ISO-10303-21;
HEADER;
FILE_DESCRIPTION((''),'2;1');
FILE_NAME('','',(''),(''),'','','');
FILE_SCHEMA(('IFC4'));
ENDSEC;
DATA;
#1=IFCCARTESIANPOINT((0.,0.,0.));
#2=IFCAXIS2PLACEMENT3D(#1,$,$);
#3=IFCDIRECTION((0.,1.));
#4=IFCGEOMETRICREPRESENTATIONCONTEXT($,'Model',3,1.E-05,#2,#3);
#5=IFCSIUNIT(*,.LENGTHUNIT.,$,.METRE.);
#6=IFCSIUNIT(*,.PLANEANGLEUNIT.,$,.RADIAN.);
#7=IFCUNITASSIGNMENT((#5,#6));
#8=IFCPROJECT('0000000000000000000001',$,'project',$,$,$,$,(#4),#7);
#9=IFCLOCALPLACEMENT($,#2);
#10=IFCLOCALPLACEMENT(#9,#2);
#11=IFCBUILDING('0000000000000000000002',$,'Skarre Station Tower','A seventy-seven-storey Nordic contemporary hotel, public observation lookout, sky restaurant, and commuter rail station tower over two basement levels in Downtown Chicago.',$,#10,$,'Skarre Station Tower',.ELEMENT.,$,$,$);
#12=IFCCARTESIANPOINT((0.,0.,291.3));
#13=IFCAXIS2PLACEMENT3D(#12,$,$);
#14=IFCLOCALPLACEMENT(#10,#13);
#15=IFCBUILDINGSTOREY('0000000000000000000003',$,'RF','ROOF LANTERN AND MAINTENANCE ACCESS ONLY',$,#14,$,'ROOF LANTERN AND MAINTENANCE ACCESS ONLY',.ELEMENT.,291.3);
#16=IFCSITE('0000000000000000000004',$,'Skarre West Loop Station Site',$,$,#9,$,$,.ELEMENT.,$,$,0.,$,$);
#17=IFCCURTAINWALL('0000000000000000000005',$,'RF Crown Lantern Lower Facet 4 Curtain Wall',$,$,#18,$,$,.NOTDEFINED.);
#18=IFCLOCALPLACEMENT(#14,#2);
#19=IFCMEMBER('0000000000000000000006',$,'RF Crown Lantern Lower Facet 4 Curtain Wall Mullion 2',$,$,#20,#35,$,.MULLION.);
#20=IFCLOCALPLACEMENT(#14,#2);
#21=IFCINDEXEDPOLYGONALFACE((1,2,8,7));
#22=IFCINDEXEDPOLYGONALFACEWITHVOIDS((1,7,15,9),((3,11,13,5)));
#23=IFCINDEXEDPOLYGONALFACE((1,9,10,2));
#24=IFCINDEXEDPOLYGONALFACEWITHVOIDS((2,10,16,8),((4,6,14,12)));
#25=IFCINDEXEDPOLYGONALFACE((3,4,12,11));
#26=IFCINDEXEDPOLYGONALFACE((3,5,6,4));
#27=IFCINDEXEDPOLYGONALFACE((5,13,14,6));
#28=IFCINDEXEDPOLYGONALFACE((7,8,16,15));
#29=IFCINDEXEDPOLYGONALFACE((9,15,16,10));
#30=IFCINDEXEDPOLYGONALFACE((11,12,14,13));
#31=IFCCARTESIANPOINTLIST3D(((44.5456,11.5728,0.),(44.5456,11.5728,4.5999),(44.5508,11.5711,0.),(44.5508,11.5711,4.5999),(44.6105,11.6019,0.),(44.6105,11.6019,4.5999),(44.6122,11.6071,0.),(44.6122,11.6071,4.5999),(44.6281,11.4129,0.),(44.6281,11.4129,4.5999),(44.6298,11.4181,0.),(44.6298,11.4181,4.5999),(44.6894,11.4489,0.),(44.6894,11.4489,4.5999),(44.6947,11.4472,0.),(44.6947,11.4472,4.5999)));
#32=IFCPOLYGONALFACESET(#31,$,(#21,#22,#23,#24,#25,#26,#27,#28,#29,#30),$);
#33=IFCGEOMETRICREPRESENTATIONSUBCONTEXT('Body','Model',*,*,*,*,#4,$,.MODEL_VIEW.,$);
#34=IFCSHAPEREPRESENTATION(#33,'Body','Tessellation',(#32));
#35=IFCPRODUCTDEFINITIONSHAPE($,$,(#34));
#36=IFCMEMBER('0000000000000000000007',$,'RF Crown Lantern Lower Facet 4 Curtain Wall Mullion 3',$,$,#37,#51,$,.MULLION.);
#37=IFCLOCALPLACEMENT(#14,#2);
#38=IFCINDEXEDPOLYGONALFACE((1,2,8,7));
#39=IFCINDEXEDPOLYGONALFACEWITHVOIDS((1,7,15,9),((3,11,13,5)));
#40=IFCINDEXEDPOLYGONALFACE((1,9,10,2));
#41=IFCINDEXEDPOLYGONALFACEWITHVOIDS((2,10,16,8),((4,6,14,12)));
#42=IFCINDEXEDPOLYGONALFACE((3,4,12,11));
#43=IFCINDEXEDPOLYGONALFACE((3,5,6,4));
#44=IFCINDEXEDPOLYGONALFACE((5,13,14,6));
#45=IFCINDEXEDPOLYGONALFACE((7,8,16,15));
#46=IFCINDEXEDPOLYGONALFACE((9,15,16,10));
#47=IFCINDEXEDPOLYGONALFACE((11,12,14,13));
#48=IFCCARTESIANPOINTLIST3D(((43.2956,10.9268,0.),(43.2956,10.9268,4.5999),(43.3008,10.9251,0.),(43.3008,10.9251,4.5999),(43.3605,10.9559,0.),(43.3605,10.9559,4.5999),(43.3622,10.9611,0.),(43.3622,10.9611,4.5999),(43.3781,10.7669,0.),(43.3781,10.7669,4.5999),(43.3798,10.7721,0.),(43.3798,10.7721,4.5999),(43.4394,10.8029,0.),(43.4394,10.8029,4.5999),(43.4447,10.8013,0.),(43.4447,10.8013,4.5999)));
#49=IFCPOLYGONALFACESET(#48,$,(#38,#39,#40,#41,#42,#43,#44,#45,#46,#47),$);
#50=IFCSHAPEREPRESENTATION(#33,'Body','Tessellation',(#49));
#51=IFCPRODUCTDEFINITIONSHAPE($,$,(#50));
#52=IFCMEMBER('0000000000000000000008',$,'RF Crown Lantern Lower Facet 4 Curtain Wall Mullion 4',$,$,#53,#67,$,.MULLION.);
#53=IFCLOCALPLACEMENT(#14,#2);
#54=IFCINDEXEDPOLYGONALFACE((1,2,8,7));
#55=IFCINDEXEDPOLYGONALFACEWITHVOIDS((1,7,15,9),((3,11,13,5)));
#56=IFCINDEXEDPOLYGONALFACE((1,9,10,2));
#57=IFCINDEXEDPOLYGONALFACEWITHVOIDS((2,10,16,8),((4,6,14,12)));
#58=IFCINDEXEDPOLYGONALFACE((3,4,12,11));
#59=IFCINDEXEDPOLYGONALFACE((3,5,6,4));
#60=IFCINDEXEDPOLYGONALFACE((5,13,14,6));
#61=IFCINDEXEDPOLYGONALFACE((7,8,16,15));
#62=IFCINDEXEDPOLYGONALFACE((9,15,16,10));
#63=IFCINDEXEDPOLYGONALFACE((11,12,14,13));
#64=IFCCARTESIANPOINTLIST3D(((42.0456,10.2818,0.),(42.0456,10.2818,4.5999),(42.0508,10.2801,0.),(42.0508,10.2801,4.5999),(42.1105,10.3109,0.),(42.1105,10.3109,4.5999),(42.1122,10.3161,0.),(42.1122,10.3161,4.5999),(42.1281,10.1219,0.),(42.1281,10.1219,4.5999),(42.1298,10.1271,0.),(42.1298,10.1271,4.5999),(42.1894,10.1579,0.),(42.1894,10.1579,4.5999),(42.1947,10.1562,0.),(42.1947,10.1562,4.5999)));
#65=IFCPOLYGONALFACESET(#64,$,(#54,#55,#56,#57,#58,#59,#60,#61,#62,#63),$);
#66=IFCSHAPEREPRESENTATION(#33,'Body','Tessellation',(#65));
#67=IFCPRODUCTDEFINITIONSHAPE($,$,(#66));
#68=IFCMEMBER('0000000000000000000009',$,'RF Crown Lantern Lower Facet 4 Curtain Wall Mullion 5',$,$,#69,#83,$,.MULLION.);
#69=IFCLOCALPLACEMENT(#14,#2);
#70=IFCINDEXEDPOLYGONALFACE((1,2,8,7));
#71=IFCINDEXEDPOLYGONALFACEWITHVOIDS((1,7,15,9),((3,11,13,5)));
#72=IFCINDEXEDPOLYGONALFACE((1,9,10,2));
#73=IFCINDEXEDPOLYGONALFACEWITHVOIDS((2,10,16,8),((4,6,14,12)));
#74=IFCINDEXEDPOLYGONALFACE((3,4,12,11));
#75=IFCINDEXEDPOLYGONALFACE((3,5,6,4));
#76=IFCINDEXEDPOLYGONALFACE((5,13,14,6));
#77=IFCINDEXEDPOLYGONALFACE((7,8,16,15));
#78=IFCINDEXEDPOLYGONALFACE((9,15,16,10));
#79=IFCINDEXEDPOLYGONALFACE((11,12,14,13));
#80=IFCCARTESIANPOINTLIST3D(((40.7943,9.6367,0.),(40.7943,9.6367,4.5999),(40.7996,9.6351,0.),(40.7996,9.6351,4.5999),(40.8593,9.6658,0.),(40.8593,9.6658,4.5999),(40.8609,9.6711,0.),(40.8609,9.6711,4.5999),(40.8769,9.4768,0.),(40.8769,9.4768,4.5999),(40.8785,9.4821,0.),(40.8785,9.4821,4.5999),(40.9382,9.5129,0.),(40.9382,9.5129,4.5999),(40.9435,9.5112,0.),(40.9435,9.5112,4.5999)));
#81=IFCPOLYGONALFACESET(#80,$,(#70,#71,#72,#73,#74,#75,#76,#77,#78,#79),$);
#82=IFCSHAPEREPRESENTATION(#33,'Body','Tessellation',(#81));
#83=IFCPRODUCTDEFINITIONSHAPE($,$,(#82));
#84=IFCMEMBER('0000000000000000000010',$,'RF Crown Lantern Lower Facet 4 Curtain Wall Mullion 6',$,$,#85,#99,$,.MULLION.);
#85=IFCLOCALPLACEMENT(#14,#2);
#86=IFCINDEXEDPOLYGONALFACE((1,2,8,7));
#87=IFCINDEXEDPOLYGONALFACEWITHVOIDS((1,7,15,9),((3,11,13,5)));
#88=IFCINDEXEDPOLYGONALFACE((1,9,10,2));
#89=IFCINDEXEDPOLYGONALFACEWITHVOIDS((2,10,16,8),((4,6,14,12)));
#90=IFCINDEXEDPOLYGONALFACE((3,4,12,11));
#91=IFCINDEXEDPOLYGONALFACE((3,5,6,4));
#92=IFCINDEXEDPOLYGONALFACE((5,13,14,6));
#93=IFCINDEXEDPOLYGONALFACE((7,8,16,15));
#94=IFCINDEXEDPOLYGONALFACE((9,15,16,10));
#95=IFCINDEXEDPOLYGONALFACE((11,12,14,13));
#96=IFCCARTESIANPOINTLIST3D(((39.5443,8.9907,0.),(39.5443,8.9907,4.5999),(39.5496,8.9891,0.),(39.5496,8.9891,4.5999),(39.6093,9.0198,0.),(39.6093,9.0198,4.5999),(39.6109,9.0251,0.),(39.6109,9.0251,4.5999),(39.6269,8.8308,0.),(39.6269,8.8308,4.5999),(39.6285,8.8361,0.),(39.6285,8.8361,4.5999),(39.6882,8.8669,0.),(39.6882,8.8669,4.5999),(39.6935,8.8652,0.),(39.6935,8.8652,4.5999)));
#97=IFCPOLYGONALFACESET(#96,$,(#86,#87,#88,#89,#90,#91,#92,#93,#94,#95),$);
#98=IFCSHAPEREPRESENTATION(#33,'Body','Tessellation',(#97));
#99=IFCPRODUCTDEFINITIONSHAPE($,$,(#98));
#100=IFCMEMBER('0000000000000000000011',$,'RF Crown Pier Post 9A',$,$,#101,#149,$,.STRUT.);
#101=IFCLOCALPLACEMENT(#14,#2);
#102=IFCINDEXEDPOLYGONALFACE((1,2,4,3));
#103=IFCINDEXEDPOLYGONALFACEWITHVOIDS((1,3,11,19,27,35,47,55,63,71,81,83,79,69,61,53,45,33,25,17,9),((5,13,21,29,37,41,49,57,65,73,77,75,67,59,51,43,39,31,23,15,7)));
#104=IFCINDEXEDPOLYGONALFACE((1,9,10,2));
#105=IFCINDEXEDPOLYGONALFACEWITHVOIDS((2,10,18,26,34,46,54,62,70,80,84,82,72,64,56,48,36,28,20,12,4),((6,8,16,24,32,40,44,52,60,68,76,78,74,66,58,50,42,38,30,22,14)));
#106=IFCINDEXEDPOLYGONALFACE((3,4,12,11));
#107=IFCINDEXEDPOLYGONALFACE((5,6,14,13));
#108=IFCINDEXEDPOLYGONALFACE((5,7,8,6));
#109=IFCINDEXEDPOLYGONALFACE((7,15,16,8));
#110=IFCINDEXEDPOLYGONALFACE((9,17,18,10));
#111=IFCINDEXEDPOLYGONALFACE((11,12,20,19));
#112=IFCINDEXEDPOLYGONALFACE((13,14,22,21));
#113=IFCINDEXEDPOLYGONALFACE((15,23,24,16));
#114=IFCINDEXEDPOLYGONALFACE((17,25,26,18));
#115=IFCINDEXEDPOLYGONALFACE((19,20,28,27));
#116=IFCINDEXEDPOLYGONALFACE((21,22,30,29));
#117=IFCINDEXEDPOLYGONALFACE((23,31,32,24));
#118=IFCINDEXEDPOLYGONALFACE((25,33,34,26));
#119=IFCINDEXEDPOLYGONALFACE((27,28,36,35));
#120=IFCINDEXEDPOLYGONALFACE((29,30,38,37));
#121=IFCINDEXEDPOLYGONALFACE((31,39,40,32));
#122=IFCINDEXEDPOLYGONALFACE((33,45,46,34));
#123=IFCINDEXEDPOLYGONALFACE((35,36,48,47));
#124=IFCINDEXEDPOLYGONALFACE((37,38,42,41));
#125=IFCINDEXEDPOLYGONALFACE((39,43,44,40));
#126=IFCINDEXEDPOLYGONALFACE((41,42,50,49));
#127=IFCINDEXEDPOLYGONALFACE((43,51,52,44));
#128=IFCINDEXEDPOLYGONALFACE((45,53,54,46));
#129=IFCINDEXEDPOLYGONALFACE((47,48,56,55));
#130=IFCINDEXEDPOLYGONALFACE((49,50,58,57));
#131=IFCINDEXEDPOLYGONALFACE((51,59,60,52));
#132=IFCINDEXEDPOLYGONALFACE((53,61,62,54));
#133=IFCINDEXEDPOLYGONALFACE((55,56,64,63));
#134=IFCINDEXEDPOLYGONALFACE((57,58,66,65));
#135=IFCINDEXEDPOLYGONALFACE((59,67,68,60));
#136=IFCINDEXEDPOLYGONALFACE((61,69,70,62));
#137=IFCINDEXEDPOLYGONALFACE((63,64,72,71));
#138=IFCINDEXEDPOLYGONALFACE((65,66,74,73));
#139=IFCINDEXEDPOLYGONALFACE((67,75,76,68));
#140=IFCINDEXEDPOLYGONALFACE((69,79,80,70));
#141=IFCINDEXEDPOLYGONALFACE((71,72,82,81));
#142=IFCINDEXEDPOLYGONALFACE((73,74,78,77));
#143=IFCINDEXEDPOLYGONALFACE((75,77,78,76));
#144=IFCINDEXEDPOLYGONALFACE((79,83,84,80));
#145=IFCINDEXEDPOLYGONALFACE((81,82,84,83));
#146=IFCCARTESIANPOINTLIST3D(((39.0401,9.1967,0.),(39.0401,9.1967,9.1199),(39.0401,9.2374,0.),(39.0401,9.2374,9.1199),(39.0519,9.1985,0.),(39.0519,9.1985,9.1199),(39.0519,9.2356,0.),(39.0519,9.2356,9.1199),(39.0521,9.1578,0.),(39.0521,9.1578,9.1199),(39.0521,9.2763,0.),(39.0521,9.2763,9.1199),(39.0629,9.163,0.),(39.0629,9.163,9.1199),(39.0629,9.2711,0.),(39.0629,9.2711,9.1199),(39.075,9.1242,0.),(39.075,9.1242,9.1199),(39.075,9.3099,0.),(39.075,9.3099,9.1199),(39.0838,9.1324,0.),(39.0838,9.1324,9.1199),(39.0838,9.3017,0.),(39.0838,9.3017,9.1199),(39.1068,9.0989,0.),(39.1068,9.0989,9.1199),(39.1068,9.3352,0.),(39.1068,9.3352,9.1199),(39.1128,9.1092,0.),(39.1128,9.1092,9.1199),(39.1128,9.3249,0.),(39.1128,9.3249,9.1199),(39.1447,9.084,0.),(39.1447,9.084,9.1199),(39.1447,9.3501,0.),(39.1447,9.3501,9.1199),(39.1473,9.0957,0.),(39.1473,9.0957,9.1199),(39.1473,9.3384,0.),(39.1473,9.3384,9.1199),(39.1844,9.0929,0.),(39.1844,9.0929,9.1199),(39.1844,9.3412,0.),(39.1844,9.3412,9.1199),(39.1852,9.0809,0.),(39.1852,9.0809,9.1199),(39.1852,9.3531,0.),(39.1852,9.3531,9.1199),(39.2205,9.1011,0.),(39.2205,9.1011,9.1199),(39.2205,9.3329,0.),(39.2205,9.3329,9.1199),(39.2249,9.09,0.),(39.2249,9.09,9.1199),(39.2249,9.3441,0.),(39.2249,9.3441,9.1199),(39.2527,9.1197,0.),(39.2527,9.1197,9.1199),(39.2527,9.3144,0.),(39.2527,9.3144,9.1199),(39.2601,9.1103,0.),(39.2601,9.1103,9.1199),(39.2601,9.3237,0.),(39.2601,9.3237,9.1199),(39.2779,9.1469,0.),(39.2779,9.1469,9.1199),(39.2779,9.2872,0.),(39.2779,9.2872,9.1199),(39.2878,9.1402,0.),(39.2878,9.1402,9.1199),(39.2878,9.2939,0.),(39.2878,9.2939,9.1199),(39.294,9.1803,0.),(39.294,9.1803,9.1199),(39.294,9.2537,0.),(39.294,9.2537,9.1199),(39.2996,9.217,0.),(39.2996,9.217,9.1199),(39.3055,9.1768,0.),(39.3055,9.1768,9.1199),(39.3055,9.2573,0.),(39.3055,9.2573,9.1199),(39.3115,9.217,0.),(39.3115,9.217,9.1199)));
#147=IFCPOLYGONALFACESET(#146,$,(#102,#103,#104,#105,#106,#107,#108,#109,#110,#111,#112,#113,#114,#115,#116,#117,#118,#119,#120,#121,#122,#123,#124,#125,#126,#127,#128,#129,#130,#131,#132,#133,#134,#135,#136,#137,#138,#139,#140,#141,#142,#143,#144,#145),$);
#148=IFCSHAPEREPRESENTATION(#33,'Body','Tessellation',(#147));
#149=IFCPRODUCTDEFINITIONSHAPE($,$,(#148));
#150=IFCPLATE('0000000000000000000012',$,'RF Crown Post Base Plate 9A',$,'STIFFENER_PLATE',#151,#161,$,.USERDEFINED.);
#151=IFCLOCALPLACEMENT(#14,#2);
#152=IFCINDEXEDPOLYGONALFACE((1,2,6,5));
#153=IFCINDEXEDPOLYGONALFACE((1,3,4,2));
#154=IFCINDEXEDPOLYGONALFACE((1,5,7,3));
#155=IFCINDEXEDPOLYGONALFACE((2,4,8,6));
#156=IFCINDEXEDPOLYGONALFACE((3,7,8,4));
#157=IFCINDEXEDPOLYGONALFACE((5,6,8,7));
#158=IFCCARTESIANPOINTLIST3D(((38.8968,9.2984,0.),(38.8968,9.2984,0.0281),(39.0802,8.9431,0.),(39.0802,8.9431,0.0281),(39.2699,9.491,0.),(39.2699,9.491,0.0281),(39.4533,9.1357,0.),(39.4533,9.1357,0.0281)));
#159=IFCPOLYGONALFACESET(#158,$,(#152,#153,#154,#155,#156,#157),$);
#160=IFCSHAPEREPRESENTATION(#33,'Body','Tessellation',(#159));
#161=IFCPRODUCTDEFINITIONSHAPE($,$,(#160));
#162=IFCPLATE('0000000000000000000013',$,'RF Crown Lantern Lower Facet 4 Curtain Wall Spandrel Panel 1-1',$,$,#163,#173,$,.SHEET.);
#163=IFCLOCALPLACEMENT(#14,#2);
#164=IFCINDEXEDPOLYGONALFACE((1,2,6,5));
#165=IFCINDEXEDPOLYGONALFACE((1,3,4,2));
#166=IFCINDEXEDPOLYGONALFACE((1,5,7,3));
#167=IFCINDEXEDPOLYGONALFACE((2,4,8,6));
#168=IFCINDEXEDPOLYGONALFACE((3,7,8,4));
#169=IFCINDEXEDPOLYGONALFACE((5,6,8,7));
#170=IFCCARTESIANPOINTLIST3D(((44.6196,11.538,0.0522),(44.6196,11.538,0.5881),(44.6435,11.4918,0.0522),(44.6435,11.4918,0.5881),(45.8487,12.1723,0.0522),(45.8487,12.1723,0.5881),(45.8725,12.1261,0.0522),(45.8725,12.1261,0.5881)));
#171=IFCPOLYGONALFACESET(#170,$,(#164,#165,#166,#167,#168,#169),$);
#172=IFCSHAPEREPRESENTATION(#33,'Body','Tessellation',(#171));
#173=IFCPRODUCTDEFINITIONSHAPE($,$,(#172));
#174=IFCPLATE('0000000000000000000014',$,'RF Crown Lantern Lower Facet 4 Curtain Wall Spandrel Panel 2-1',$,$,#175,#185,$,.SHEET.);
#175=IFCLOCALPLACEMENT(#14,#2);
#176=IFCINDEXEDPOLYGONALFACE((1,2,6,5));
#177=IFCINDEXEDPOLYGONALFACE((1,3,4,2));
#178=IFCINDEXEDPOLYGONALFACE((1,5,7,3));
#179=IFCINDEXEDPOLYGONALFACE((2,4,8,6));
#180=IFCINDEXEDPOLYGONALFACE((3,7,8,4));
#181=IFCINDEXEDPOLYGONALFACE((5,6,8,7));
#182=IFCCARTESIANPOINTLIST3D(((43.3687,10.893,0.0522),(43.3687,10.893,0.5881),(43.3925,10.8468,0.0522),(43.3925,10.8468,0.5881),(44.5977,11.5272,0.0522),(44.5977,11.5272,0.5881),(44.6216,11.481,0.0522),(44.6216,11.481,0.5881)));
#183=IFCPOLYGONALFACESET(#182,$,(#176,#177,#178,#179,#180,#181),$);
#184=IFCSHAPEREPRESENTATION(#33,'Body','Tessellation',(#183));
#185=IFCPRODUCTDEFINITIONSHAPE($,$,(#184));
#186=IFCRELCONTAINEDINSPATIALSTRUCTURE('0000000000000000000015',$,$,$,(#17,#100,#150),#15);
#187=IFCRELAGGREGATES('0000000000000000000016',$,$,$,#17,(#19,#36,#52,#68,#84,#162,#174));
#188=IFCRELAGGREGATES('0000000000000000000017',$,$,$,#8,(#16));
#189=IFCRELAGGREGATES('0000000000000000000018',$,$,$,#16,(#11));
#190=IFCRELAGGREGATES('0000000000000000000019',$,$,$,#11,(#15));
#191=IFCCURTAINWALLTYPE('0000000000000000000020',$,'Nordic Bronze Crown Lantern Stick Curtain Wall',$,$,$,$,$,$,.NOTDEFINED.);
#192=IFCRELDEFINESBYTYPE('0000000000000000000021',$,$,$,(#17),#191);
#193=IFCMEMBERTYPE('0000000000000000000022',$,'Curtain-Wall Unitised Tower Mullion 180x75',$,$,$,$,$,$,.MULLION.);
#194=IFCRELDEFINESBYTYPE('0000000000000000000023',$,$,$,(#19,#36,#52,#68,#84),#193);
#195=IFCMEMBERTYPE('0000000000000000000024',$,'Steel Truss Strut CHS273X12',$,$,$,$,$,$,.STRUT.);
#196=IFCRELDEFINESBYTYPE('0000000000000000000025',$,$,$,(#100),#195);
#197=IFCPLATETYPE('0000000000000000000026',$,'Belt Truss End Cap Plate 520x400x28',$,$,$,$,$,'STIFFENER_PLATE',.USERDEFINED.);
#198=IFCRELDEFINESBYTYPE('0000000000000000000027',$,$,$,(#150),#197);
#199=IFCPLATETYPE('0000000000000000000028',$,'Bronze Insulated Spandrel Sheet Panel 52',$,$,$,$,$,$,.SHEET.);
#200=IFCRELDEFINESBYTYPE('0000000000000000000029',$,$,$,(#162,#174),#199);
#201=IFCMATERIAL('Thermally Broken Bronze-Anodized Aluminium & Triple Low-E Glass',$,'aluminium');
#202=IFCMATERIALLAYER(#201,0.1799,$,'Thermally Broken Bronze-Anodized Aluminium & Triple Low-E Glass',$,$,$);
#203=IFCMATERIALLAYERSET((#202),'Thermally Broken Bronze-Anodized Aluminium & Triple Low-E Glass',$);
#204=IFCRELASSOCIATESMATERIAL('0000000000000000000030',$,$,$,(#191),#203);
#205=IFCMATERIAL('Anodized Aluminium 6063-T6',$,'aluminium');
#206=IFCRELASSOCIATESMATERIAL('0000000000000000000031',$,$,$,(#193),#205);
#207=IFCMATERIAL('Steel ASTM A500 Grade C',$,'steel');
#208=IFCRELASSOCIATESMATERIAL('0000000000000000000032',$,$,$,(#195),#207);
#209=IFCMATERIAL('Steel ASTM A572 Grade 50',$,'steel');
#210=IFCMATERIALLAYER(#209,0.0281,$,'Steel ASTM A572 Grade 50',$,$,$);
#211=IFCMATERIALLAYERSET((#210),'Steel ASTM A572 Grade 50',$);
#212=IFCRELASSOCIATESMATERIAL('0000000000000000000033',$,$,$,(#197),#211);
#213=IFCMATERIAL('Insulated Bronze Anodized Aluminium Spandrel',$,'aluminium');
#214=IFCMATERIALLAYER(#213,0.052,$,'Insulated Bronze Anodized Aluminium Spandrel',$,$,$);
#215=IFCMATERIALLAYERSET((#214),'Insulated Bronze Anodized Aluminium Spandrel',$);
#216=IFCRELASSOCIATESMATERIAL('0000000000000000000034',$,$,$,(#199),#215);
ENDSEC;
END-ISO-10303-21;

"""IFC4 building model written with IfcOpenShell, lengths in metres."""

from ifc_helpers import new_model, si_unit, direction, frame, origin, origin_2d, place, context, subcontext, project, spatial, rectangle, hollow_rectangle, hollow_circle, extrude, material, layer, layer_set, material_profile, profile_set, type_object, element, aggregate, save


model = new_model("IFC4")

# Units and contexts
model_context = context("Model", 3, precision=1e-05, world=origin(), true_north=direction((0.0, 1.0)))
body_context = subcontext(model_context, "Body", "Model", "MODEL_VIEW")
ifc_project = project(units=[si_unit("LENGTHUNIT", "METRE"), si_unit("PLANEANGLEUNIT", "RADIAN")], contexts=[model_context])

# Site, building, storey
site_placement = place(None, origin())
site = spatial("IfcSite", under=ifc_project, at=site_placement, Name="Skarre West Loop Station Site", CompositionType="ELEMENT", RefElevation=0.0)
building_placement = place(site_placement, origin())
building = spatial("IfcBuilding", under=site, at=building_placement, Name="Skarre Station Tower", Description="A seventy-seven-storey Nordic contemporary hotel, public observation lookout, sky restaurant, and commuter rail station tower over two basement levels in Downtown Chicago.", LongName="Skarre Station Tower", CompositionType="ELEMENT")
storey_placement = place(building_placement, frame((0.0, 0.0, 291.3)))
storey = spatial("IfcBuildingStorey", under=building, at=storey_placement, Name="RF", Description="ROOF LANTERN AND MAINTENANCE ACCESS ONLY", LongName="ROOF LANTERN AND MAINTENANCE ACCESS ONLY", CompositionType="ELEMENT", Elevation=291.3)

# Curtain wall, members
ifc_material_1 = material(Name="Thermally Broken Bronze-Anodized Aluminium & Triple Low-E Glass", Category="aluminium")
ifc_layer_1 = layer(ifc_material_1, 0.1799, Name="Thermally Broken Bronze-Anodized Aluminium & Triple Low-E Glass")
ifc_layer_set_1 = layer_set([ifc_layer_1], Name="Thermally Broken Bronze-Anodized Aluminium & Triple Low-E Glass")
curtain_wall_type = type_object("IfcCurtainWallType", Name="Nordic Bronze Crown Lantern Stick Curtain Wall", PredefinedType="NOTDEFINED", material=ifc_layer_set_1)
curtain_wall_placement = place(storey_placement, origin())
curtain_wall = element("IfcCurtainWall", 1, at=curtain_wall_placement, inside=storey, type_object=curtain_wall_type, Name="RF Crown Lantern Lower Facet 4 Curtain Wall", PredefinedType="NOTDEFINED")
ifc_material_2 = material(Name="Anodized Aluminium 6063-T6", Category="aluminium")
ifc_material_profile_1 = material_profile(ifc_material_2, hollow_rectangle(XDim=0.075, YDim=0.1799, WallThickness=0.0039, at=origin_2d()), Name="Anodized Aluminium 6063-T6")
ifc_profile_set_1 = profile_set([ifc_material_profile_1], Name="Anodized Aluminium 6063-T6")
member_type_1 = type_object("IfcMemberType", Name="Curtain-Wall Unitised Tower Mullion 180x75", PredefinedType="MULLION", material=ifc_profile_set_1)
member_1_placement = place(storey_placement, frame((44.6201, 11.51, 0.0), z_axis=(0.0, 0.0, 1.0), x_axis=(-0.888649, -0.458588, 0.0)))
member_1 = element("IfcMember", 2, at=member_1_placement, type_object=member_type_1, Name="RF Crown Lantern Lower Facet 4 Curtain Wall Mullion 2", PredefinedType="MULLION", context=body_context, shape_type="SweptSolid", body=[
    extrude(hollow_rectangle(XDim=0.075, YDim=0.1799, WallThickness=0.0039, at=origin_2d()), origin(), (0.0, 0.0, 1.0), 4.5999),
])
member_2_placement = place(storey_placement, frame((43.3701, 10.864, 0.0), z_axis=(0.0, 0.0, 1.0), x_axis=(-0.888649, -0.458588, 0.0)))
member_2 = element("IfcMember", 3, at=member_2_placement, type_object=member_type_1, Name="RF Crown Lantern Lower Facet 4 Curtain Wall Mullion 3", PredefinedType="MULLION", context=body_context, shape_type="SweptSolid", body=[
    extrude(hollow_rectangle(XDim=0.075, YDim=0.1799, WallThickness=0.0039, at=origin_2d()), origin(), (0.0, 0.0, 1.0), 4.5999),
])
member_3_placement = place(storey_placement, frame((42.1201, 10.219, 0.0), z_axis=(0.0, 0.0, 1.0), x_axis=(-0.888649, -0.458588, 0.0)))
member_3 = element("IfcMember", 4, at=member_3_placement, type_object=member_type_1, Name="RF Crown Lantern Lower Facet 4 Curtain Wall Mullion 4", PredefinedType="MULLION", context=body_context, shape_type="SweptSolid", body=[
    extrude(hollow_rectangle(XDim=0.075, YDim=0.1799, WallThickness=0.0039, at=origin_2d()), origin(), (0.0, 0.0, 1.0), 4.5999),
])
member_4_placement = place(storey_placement, frame((40.8689, 9.574, 0.0), z_axis=(0.0, 0.0, 1.0), x_axis=(-0.888649, -0.458588, 0.0)))
member_4 = element("IfcMember", 5, at=member_4_placement, type_object=member_type_1, Name="RF Crown Lantern Lower Facet 4 Curtain Wall Mullion 5", PredefinedType="MULLION", context=body_context, shape_type="SweptSolid", body=[
    extrude(hollow_rectangle(XDim=0.075, YDim=0.1799, WallThickness=0.0039, at=origin_2d()), origin(), (0.0, 0.0, 1.0), 4.5999),
])
member_5_placement = place(storey_placement, frame((39.6189, 8.928, 0.0), z_axis=(0.0, 0.0, 1.0), x_axis=(-0.888649, -0.458588, 0.0)))
member_5 = element("IfcMember", 6, at=member_5_placement, type_object=member_type_1, Name="RF Crown Lantern Lower Facet 4 Curtain Wall Mullion 6", PredefinedType="MULLION", context=body_context, shape_type="SweptSolid", body=[
    extrude(hollow_rectangle(XDim=0.075, YDim=0.1799, WallThickness=0.0039, at=origin_2d()), origin(), (0.0, 0.0, 1.0), 4.5999),
])

# Member
ifc_material_3 = material(Name="Steel ASTM A500 Grade C", Category="steel")
ifc_material_profile_2 = material_profile(ifc_material_3, hollow_circle(Radius=0.1365, WallThickness=0.012, at=origin_2d()), Name="Steel ASTM A500 Grade C")
ifc_profile_set_2 = profile_set([ifc_material_profile_2], Name="Steel ASTM A500 Grade C")
member_type_2 = type_object("IfcMemberType", Name="Steel Truss Strut CHS273X12", PredefinedType="STRUT", material=ifc_profile_set_2)
member_6_placement = place(storey_placement, frame((39.175, 9.217, 0.0), z_axis=(0.0, 0.0, 1.0), x_axis=(1.0, 0.0, 0.0)))
element("IfcMember", 7, at=member_6_placement, inside=storey, type_object=member_type_2, Name="RF Crown Pier Post 9A", PredefinedType="STRUT", context=body_context, shape_type="SweptSolid", body=[
    extrude(hollow_circle(Radius=0.1365, WallThickness=0.012, at=origin_2d()), origin(), (0.0, 0.0, 1.0), 9.1199),
])

# Plates
ifc_material_4 = material(Name="Steel ASTM A572 Grade 50", Category="steel")
ifc_layer_2 = layer(ifc_material_4, 0.0281, Name="Steel ASTM A572 Grade 50")
ifc_layer_set_2 = layer_set([ifc_layer_2], Name="Steel ASTM A572 Grade 50")
plate_type_1 = type_object("IfcPlateType", Name="Belt Truss End Cap Plate 520x400x28", ElementType="STIFFENER_PLATE", PredefinedType="USERDEFINED", material=ifc_layer_set_2)
plate_1_placement = place(storey_placement, frame((39.175, 9.217, 0.0), z_axis=(0.0, 0.0, 1.0), x_axis=(0.888601, 0.458681, 0.0)))
element("IfcPlate", 8, at=plate_1_placement, inside=storey, type_object=plate_type_1, Name="RF Crown Post Base Plate 9A", ObjectType="STIFFENER_PLATE", PredefinedType="USERDEFINED", context=body_context, shape_type="SweptSolid", body=[
    extrude(rectangle(XDim=0.4199, YDim=0.3999, at=origin_2d()), origin(), (0.0, 0.0, 1.0), 0.0281),
])
ifc_material_5 = material(Name="Insulated Bronze Anodized Aluminium Spandrel", Category="aluminium")
ifc_layer_3 = layer(ifc_material_5, 0.052, Name="Insulated Bronze Anodized Aluminium Spandrel")
ifc_layer_set_3 = layer_set([ifc_layer_3], Name="Insulated Bronze Anodized Aluminium Spandrel")
plate_type_2 = type_object("IfcPlateType", Name="Bronze Insulated Spandrel Sheet Panel 52", PredefinedType="SHEET", material=ifc_layer_set_3)
plate_2_placement = place(storey_placement, frame((45.2461, 11.832, 0.0522), z_axis=(0.0, 0.0, 1.0), x_axis=(-0.888649, -0.458588, 0.0)))
plate_2 = element("IfcPlate", 9, at=plate_2_placement, type_object=plate_type_2, Name="RF Crown Lantern Lower Facet 4 Curtain Wall Spandrel Panel 1-1", PredefinedType="SHEET", context=body_context, shape_type="SweptSolid", body=[
    extrude(rectangle(XDim=1.3831, YDim=0.052, at=origin_2d()), origin(), (0.0, 0.0, 1.0), 0.5359),
])
plate_3_placement = place(storey_placement, frame((43.9951, 11.187, 0.0522), z_axis=(0.0, 0.0, 1.0), x_axis=(-0.888649, -0.458588, 0.0)))
plate_3 = element("IfcPlate", 10, at=plate_3_placement, type_object=plate_type_2, Name="RF Crown Lantern Lower Facet 4 Curtain Wall Spandrel Panel 2-1", PredefinedType="SHEET", context=body_context, shape_type="SweptSolid", body=[
    extrude(rectangle(XDim=1.3831, YDim=0.052, at=origin_2d()), origin(), (0.0, 0.0, 1.0), 0.5359),
])
aggregate(curtain_wall, [member_1, member_2, member_3, member_4, member_5, plate_2, plate_3])

save(model, "model.ifc")
